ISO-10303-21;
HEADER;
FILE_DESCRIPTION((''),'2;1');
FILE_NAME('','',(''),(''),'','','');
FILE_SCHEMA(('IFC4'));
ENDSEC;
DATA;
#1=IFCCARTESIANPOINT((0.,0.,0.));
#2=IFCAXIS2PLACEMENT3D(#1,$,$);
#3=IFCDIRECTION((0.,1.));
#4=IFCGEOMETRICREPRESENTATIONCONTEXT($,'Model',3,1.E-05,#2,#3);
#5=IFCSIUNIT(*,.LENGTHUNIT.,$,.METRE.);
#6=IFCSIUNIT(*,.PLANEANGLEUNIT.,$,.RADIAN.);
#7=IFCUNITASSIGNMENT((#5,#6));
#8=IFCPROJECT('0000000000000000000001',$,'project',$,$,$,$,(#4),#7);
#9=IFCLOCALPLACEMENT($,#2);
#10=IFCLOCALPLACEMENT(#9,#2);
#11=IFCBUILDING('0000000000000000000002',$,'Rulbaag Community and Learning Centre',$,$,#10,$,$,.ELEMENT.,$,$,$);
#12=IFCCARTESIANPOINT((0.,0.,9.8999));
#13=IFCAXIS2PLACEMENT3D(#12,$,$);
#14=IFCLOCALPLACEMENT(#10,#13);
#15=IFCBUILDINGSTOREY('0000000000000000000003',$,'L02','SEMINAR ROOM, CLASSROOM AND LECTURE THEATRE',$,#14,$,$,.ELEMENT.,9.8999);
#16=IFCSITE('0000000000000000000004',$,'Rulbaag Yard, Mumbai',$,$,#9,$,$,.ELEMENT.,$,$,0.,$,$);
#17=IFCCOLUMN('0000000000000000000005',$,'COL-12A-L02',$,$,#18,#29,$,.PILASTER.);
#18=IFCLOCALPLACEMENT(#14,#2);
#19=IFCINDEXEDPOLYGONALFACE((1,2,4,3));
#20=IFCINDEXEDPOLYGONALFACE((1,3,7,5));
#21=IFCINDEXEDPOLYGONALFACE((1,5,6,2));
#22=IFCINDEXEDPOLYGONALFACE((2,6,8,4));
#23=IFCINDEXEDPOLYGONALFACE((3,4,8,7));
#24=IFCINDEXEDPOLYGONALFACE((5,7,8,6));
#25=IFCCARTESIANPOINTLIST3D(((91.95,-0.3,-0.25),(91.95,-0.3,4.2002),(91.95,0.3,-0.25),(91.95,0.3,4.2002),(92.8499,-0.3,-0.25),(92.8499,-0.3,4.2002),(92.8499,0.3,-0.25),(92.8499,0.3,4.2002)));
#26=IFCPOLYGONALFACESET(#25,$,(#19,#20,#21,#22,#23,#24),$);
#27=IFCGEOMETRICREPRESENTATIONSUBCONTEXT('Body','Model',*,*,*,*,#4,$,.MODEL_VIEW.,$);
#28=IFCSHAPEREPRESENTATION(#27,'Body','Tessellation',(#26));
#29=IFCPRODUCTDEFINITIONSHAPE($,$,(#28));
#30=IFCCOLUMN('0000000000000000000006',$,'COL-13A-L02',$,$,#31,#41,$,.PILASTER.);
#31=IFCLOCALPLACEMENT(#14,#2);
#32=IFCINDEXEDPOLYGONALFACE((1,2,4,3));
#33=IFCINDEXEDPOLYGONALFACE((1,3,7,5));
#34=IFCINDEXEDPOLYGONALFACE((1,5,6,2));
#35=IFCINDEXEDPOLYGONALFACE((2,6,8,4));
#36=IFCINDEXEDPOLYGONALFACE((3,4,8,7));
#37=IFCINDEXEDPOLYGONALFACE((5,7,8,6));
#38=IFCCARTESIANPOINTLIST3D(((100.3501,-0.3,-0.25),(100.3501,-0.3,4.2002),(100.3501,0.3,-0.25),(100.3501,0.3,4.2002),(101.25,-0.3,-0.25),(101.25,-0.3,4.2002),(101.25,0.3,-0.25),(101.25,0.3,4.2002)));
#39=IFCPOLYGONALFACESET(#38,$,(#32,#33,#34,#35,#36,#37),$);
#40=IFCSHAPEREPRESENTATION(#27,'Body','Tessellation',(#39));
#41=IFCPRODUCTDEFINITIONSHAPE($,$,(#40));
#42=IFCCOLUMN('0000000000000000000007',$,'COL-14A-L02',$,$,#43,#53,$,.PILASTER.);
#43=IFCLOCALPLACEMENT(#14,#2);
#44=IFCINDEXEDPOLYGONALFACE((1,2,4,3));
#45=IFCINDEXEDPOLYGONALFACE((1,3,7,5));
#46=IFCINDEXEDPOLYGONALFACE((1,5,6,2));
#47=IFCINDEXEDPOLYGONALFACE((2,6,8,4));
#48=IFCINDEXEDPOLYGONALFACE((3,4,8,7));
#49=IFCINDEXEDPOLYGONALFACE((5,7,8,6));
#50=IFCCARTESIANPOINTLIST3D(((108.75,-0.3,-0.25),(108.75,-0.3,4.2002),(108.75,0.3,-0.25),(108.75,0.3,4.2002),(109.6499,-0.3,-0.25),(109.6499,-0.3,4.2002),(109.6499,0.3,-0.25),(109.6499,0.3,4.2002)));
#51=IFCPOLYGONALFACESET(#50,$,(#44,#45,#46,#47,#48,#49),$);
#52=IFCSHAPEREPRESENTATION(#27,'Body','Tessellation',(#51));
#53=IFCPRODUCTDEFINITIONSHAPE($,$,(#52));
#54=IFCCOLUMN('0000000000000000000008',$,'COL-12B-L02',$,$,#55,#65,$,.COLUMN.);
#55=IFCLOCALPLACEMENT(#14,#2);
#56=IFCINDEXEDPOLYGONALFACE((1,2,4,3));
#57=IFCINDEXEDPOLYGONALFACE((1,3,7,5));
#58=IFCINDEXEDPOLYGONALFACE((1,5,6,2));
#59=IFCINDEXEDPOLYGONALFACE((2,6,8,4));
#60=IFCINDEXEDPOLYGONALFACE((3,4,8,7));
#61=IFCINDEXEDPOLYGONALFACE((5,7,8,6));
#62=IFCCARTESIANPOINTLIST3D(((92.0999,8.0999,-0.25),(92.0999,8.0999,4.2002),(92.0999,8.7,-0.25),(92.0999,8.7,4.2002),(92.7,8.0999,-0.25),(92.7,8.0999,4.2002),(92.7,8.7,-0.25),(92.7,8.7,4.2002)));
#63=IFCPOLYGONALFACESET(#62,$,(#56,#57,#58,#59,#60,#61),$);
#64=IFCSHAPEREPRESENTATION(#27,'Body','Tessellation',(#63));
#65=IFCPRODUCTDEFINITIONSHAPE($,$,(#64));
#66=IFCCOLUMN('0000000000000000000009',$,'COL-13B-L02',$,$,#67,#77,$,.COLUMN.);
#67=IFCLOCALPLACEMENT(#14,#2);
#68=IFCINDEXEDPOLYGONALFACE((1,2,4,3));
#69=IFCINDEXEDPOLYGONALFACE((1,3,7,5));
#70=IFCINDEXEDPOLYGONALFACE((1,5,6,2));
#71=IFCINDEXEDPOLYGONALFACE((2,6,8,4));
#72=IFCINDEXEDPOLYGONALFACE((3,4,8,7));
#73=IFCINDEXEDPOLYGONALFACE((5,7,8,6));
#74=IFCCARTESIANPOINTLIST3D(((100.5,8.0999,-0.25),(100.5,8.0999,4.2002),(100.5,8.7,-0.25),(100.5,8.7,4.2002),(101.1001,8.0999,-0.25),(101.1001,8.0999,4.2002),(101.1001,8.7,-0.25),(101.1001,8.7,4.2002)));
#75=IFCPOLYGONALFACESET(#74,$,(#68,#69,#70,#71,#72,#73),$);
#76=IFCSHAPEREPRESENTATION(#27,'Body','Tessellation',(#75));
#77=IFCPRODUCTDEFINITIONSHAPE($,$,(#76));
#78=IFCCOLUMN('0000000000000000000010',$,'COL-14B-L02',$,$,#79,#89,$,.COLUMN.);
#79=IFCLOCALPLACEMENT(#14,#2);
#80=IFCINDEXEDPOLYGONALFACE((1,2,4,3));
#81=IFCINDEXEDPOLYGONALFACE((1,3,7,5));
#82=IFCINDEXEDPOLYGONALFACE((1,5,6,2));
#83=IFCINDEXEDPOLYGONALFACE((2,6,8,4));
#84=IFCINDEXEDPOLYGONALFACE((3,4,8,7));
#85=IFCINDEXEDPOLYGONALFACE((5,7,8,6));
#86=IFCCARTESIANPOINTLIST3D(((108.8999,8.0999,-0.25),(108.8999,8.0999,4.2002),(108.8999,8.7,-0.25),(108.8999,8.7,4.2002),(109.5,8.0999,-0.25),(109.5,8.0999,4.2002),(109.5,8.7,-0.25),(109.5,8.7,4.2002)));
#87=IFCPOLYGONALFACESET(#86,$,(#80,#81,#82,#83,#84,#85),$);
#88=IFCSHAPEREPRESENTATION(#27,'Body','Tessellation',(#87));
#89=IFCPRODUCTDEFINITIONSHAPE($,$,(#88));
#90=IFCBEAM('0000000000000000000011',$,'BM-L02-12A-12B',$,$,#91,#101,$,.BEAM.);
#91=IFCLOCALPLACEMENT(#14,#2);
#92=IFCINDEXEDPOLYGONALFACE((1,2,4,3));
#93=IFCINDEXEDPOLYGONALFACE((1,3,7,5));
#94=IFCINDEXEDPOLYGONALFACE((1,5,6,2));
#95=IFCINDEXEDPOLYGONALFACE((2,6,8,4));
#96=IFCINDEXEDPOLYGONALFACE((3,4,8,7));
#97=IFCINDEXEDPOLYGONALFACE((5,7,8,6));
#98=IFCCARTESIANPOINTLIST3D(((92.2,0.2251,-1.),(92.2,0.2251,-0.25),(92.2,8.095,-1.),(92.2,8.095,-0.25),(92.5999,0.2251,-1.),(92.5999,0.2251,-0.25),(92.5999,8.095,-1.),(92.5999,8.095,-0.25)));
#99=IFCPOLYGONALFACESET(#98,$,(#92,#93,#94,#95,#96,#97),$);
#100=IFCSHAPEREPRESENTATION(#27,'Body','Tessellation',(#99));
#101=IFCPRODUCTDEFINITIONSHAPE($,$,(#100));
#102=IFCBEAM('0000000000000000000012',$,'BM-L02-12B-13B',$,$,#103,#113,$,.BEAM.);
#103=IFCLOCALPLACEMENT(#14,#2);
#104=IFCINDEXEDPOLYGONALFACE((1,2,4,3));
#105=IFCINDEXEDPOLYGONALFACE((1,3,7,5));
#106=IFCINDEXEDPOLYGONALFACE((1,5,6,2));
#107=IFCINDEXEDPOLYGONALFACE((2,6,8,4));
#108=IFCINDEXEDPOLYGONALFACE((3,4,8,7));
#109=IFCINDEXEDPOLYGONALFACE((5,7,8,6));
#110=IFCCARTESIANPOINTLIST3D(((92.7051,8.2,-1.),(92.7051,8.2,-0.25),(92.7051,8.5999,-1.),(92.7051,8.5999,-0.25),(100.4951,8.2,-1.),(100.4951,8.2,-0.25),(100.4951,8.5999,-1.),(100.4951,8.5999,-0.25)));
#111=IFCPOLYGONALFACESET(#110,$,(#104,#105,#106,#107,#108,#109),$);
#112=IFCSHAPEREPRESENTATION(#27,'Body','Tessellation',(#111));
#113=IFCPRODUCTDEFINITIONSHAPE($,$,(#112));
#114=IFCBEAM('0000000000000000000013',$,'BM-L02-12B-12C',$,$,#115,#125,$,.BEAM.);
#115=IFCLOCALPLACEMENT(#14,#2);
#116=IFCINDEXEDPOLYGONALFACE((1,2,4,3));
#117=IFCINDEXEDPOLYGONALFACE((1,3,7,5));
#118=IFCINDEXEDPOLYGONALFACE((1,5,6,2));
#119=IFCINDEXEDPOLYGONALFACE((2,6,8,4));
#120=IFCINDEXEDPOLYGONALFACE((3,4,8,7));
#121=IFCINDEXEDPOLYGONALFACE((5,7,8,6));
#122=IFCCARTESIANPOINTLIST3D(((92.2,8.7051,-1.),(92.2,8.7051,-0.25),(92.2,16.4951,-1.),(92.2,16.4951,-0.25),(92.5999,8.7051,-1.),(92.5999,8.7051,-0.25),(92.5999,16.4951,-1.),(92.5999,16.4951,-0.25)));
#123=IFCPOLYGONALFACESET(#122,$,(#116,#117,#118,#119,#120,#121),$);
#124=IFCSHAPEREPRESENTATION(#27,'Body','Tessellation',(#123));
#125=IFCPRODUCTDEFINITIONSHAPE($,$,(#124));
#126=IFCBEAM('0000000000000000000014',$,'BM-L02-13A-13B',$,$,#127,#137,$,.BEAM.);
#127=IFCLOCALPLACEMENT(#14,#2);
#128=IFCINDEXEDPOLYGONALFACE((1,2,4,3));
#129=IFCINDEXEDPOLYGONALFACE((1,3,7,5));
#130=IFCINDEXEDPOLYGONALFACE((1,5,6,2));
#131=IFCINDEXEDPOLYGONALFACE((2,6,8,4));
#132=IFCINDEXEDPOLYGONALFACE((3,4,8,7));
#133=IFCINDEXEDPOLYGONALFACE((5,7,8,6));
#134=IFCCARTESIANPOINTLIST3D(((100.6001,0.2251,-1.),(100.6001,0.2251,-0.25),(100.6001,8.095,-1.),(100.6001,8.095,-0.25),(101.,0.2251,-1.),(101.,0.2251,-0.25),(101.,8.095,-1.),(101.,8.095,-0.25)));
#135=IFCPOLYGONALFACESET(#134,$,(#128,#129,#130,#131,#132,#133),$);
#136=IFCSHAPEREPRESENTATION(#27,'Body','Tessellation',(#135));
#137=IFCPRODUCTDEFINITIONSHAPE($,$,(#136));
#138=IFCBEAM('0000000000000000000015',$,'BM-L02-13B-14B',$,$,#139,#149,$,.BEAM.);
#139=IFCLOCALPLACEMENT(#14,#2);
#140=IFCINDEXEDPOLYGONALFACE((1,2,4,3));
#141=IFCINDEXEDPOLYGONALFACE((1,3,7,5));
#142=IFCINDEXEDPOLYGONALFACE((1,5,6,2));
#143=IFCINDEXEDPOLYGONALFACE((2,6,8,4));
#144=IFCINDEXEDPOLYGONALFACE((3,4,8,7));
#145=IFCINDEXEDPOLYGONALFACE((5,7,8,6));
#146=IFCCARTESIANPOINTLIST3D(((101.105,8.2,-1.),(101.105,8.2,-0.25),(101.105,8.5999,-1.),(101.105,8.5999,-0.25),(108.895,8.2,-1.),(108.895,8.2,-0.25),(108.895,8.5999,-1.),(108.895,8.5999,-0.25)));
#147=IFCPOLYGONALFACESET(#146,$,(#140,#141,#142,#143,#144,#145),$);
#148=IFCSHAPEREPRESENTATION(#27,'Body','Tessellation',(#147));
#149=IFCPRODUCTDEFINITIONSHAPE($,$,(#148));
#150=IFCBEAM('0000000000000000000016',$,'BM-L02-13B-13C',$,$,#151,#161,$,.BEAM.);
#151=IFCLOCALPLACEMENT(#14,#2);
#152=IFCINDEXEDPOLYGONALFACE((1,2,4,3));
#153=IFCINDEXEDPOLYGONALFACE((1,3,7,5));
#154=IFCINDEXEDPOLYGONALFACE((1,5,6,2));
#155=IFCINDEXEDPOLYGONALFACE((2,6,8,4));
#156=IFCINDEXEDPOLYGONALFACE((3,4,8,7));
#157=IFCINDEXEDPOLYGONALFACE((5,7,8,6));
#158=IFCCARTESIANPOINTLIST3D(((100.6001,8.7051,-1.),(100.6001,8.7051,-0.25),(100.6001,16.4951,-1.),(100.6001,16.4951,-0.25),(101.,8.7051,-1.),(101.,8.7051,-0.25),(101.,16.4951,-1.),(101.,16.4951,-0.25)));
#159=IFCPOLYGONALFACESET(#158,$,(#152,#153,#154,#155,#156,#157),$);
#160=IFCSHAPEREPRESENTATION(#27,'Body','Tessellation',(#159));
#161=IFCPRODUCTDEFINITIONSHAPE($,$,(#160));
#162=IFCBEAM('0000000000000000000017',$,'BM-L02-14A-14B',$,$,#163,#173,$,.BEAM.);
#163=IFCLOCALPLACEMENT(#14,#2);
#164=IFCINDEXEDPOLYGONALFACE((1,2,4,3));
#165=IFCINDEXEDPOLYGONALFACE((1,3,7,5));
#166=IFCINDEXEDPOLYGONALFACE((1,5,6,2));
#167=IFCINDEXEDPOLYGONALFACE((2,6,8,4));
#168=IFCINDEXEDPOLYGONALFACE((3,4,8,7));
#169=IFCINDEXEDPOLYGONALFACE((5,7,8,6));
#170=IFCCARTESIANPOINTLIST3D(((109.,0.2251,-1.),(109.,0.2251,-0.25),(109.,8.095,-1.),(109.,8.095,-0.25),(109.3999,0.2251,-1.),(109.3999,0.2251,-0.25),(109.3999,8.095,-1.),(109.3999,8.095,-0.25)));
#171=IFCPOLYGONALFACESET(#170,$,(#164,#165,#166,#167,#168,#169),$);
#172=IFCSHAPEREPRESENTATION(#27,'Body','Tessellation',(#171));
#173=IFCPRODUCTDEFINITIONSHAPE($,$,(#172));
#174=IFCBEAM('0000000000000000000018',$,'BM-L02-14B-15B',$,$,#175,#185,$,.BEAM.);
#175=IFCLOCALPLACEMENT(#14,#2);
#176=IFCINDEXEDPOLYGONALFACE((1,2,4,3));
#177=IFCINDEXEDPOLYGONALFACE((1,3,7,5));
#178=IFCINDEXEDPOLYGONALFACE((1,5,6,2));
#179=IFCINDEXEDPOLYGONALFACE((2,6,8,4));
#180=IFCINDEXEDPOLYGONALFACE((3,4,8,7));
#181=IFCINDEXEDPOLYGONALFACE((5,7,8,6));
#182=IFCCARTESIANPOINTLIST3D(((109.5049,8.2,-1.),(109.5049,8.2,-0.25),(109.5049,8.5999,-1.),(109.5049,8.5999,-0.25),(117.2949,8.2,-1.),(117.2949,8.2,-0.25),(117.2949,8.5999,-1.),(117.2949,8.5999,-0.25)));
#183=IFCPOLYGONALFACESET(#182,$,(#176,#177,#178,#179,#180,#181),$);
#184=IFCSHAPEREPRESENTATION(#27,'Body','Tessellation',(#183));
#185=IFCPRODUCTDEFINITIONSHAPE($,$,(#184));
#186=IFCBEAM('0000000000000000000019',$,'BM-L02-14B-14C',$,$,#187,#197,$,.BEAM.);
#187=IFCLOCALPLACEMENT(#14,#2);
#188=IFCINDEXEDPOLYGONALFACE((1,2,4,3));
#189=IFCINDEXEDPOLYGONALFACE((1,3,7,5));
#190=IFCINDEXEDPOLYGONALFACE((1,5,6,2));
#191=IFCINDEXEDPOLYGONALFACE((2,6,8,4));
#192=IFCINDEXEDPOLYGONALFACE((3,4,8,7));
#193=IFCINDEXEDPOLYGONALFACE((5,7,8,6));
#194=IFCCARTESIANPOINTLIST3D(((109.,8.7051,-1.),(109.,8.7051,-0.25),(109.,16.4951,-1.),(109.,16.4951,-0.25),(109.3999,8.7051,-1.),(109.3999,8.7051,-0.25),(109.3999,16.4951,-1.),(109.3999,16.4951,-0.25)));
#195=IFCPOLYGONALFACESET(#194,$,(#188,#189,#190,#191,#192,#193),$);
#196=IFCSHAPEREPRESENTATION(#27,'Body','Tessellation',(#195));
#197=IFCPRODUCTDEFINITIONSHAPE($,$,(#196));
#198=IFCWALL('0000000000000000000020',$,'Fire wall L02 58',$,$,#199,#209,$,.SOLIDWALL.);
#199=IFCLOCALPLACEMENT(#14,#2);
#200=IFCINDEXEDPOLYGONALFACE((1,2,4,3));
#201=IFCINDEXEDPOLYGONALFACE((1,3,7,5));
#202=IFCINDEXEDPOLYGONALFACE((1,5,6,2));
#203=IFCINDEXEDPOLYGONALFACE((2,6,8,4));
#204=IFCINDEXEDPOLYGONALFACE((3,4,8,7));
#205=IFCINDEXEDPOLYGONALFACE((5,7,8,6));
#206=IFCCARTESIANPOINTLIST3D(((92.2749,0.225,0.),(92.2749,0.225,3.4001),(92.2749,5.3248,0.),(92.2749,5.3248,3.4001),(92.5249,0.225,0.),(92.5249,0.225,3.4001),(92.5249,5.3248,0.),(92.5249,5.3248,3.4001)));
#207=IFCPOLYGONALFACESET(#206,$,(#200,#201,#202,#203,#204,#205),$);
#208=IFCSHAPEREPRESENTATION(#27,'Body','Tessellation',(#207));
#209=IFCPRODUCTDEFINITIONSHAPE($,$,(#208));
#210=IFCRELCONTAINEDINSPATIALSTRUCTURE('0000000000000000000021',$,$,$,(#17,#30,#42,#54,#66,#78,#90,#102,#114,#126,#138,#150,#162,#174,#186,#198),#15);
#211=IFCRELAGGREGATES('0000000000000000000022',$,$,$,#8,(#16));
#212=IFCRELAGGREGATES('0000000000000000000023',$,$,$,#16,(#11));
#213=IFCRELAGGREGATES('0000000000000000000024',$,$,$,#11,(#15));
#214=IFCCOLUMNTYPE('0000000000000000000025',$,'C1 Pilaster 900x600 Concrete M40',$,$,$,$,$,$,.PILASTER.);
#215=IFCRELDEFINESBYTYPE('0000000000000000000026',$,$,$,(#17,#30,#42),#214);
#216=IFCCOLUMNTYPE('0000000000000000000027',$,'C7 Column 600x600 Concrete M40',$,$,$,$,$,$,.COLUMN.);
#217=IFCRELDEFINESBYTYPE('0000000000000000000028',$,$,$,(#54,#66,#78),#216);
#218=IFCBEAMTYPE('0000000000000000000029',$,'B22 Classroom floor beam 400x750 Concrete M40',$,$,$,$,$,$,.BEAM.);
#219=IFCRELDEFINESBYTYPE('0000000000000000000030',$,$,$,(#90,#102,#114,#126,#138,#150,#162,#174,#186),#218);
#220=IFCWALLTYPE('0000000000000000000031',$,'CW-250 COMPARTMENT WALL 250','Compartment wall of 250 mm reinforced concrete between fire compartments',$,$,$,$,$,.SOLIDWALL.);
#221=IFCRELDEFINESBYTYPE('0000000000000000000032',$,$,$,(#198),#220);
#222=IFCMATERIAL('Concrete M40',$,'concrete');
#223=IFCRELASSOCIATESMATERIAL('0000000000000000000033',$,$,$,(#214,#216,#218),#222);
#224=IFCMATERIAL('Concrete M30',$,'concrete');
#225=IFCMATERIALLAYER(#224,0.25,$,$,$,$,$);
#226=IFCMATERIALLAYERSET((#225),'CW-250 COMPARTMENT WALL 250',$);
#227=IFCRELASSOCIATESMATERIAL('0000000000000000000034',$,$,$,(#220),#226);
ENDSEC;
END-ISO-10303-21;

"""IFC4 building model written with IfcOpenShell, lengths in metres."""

from ifc_helpers import new_model, si_unit, direction, frame, frame_2d, origin, origin_2d, place, context, subcontext, project, spatial, rectangle, extrude, material, layer, layer_set, material_profile, profile_set, type_object, element, save


model = new_model("IFC4")

# Units and contexts
model_context = context("Model", 3, precision=1e-05, world=origin(), true_north=direction((0.0, 1.0)))
body_context = subcontext(model_context, "Body", "Model", "MODEL_VIEW")
ifc_project = project(units=[si_unit("LENGTHUNIT", "METRE"), si_unit("PLANEANGLEUNIT", "RADIAN")], contexts=[model_context])

# Site, building, storey
site_placement = place(None, origin())
site = spatial("IfcSite", under=ifc_project, at=site_placement, Name="Rulbaag Yard, Mumbai", CompositionType="ELEMENT", RefElevation=0.0)
building_placement = place(site_placement, origin())
building = spatial("IfcBuilding", under=site, at=building_placement, Name="Rulbaag Community and Learning Centre", CompositionType="ELEMENT")
storey_placement = place(building_placement, frame((0.0, 0.0, 9.8999)))
storey = spatial("IfcBuildingStorey", under=building, at=storey_placement, Name="L02", Description="SEMINAR ROOM, CLASSROOM AND LECTURE THEATRE", CompositionType="ELEMENT", Elevation=9.8999)

# Columns
ifc_material_1 = material(Name="Concrete M40", Category="concrete")
ifc_material_profile_1 = material_profile(ifc_material_1, rectangle(XDim=0.8999, YDim=0.6001, at=origin_2d()), Name="RC900x600")
ifc_profile_set_1 = profile_set([ifc_material_profile_1], Name="Concrete M40")
column_type_1 = type_object("IfcColumnType", Name="C1 Pilaster 900x600 Concrete M40", PredefinedType="PILASTER", material=ifc_profile_set_1)
for number, where, z_axis, x_axis, name in (
    (1, (92.3999, 0.0, -0.25), (0.0, 0.0, 1.0), (1.0, 0.0, 0.0), "COL-12A-L02"),
    (2, (100.8, 0.0, -0.25), (0.0, 0.0, 1.0), (1.0, 0.0, 0.0), "COL-13A-L02"),
    (3, (109.2, 0.0, -0.25), (0.0, 0.0, 1.0), (1.0, 0.0, 0.0), "COL-14A-L02"),
):
    element("IfcColumn", number, at=place(storey_placement, frame(where, z_axis=z_axis, x_axis=x_axis)), inside=storey, type_object=column_type_1, Name=name, PredefinedType="PILASTER", context=body_context, shape_type="SweptSolid", body=[
        extrude(rectangle(XDim=0.8999, YDim=0.6001, at=origin_2d()), origin(), (0.0, 0.0, 1.0), 4.4502),
    ])
ifc_material_profile_2 = material_profile(ifc_material_1, rectangle(XDim=0.6001, YDim=0.6001, at=origin_2d()), Name="RC600x600")
ifc_profile_set_2 = profile_set([ifc_material_profile_2], Name="Concrete M40")
column_type_2 = type_object("IfcColumnType", Name="C7 Column 600x600 Concrete M40", PredefinedType="COLUMN", material=ifc_profile_set_2)
for number, where, z_axis, x_axis, name in (
    (4, (92.3999, 8.3999, -0.25), (0.0, 0.0, 1.0), (1.0, 0.0, 0.0), "COL-12B-L02"),
    (5, (100.8, 8.3999, -0.25), (0.0, 0.0, 1.0), (1.0, 0.0, 0.0), "COL-13B-L02"),
    (6, (109.2, 8.3999, -0.25), (0.0, 0.0, 1.0), (1.0, 0.0, 0.0), "COL-14B-L02"),
):
    element("IfcColumn", number, at=place(storey_placement, frame(where, z_axis=z_axis, x_axis=x_axis)), inside=storey, type_object=column_type_2, Name=name, PredefinedType="COLUMN", context=body_context, shape_type="SweptSolid", body=[
        extrude(rectangle(XDim=0.6001, YDim=0.6001, at=origin_2d()), origin(), (0.0, 0.0, 1.0), 4.4502),
    ])

# Beams
ifc_material_profile_3 = material_profile(ifc_material_1, rectangle(XDim=0.3999, YDim=0.75, at=origin_2d()), Name="RB400x750")
ifc_profile_set_3 = profile_set([ifc_material_profile_3], Name="Concrete M40")
beam_type = type_object("IfcBeamType", Name="B22 Classroom floor beam 400x750 Concrete M40", PredefinedType="BEAM", material=ifc_profile_set_3)
beam_1_placement = place(storey_placement, frame((92.3999, 0.2251, -0.625), z_axis=(0.0, 1.0, 0.0), x_axis=(-1.0, 0.0, 0.0)))
element("IfcBeam", 7, at=beam_1_placement, inside=storey, type_object=beam_type, Name="BM-L02-12A-12B", PredefinedType="BEAM", context=body_context, shape_type="SweptSolid", body=[
    extrude(rectangle(XDim=0.3999, YDim=0.75, at=origin_2d()), origin(), (0.0, 0.0, 1.0), 7.8699),
])
for number, where, z_axis, x_axis, name in (
    (8, (92.7051, 8.3999, -0.625), (1.0, 0.0, 0.0), (0.0, 1.0, 0.0), "BM-L02-12B-13B"),
    (9, (92.3999, 8.7051, -0.625), (0.0, 1.0, 0.0), (-1.0, 0.0, 0.0), "BM-L02-12B-12C"),
):
    element("IfcBeam", number, at=place(storey_placement, frame(where, z_axis=z_axis, x_axis=x_axis)), inside=storey, type_object=beam_type, Name=name, PredefinedType="BEAM", context=body_context, shape_type="SweptSolid", body=[
        extrude(rectangle(XDim=0.3999, YDim=0.75, at=origin_2d()), origin(), (0.0, 0.0, 1.0), 7.79),
    ])
beam_2_placement = place(storey_placement, frame((100.8, 0.2251, -0.625), z_axis=(0.0, 1.0, 0.0), x_axis=(-1.0, 0.0, 0.0)))
element("IfcBeam", 10, at=beam_2_placement, inside=storey, type_object=beam_type, Name="BM-L02-13A-13B", PredefinedType="BEAM", context=body_context, shape_type="SweptSolid", body=[
    extrude(rectangle(XDim=0.3999, YDim=0.75, at=origin_2d()), origin(), (0.0, 0.0, 1.0), 7.8699),
])
for number, where, z_axis, x_axis, name in (
    (11, (101.105, 8.3999, -0.625), (1.0, 0.0, 0.0), (0.0, 1.0, 0.0), "BM-L02-13B-14B"),
    (12, (100.8, 8.7051, -0.625), (0.0, 1.0, 0.0), (-1.0, 0.0, 0.0), "BM-L02-13B-13C"),
):
    element("IfcBeam", number, at=place(storey_placement, frame(where, z_axis=z_axis, x_axis=x_axis)), inside=storey, type_object=beam_type, Name=name, PredefinedType="BEAM", context=body_context, shape_type="SweptSolid", body=[
        extrude(rectangle(XDim=0.3999, YDim=0.75, at=origin_2d()), origin(), (0.0, 0.0, 1.0), 7.79),
    ])
beam_3_placement = place(storey_placement, frame((109.2, 0.2251, -0.625), z_axis=(0.0, 1.0, 0.0), x_axis=(-1.0, 0.0, 0.0)))
element("IfcBeam", 13, at=beam_3_placement, inside=storey, type_object=beam_type, Name="BM-L02-14A-14B", PredefinedType="BEAM", context=body_context, shape_type="SweptSolid", body=[
    extrude(rectangle(XDim=0.3999, YDim=0.75, at=origin_2d()), origin(), (0.0, 0.0, 1.0), 7.8699),
])
for number, where, z_axis, x_axis, name in (
    (14, (109.5049, 8.3999, -0.625), (1.0, 0.0, 0.0), (0.0, 1.0, 0.0), "BM-L02-14B-15B"),
    (15, (109.2, 8.7051, -0.625), (0.0, 1.0, 0.0), (-1.0, 0.0, 0.0), "BM-L02-14B-14C"),
):
    element("IfcBeam", number, at=place(storey_placement, frame(where, z_axis=z_axis, x_axis=x_axis)), inside=storey, type_object=beam_type, Name=name, PredefinedType="BEAM", context=body_context, shape_type="SweptSolid", body=[
        extrude(rectangle(XDim=0.3999, YDim=0.75, at=origin_2d()), origin(), (0.0, 0.0, 1.0), 7.79),
    ])

# Wall
ifc_material_2 = material(Name="Concrete M30", Category="concrete")
ifc_layer_1 = layer(ifc_material_2, 0.25)
ifc_layer_set_1 = layer_set([ifc_layer_1], Name="CW-250 COMPARTMENT WALL 250")
wall_type_1 = type_object("IfcWallType", Name="CW-250 COMPARTMENT WALL 250", Description="Compartment wall of 250 mm reinforced concrete between fire compartments", PredefinedType="SOLIDWALL", material=ifc_layer_set_1)
wall_1_placement = place(storey_placement, frame((92.3999, 0.2251, 0.0), z_axis=(0.0, 0.0, 1.0), x_axis=(0.0, 1.0, 0.0)))
element("IfcWall", 16, at=wall_1_placement, inside=storey, type_object=wall_type_1, Name="Fire wall L02 58", PredefinedType="SOLIDWALL", context=body_context, shape_type="SweptSolid", body=[
    extrude(rectangle(XDim=5.0999, YDim=0.25, at=frame_2d((2.5498, 0.0))), origin(), (0.0, 0.0, 1.0), 3.4001),
])

save(model, "model.ifc")
